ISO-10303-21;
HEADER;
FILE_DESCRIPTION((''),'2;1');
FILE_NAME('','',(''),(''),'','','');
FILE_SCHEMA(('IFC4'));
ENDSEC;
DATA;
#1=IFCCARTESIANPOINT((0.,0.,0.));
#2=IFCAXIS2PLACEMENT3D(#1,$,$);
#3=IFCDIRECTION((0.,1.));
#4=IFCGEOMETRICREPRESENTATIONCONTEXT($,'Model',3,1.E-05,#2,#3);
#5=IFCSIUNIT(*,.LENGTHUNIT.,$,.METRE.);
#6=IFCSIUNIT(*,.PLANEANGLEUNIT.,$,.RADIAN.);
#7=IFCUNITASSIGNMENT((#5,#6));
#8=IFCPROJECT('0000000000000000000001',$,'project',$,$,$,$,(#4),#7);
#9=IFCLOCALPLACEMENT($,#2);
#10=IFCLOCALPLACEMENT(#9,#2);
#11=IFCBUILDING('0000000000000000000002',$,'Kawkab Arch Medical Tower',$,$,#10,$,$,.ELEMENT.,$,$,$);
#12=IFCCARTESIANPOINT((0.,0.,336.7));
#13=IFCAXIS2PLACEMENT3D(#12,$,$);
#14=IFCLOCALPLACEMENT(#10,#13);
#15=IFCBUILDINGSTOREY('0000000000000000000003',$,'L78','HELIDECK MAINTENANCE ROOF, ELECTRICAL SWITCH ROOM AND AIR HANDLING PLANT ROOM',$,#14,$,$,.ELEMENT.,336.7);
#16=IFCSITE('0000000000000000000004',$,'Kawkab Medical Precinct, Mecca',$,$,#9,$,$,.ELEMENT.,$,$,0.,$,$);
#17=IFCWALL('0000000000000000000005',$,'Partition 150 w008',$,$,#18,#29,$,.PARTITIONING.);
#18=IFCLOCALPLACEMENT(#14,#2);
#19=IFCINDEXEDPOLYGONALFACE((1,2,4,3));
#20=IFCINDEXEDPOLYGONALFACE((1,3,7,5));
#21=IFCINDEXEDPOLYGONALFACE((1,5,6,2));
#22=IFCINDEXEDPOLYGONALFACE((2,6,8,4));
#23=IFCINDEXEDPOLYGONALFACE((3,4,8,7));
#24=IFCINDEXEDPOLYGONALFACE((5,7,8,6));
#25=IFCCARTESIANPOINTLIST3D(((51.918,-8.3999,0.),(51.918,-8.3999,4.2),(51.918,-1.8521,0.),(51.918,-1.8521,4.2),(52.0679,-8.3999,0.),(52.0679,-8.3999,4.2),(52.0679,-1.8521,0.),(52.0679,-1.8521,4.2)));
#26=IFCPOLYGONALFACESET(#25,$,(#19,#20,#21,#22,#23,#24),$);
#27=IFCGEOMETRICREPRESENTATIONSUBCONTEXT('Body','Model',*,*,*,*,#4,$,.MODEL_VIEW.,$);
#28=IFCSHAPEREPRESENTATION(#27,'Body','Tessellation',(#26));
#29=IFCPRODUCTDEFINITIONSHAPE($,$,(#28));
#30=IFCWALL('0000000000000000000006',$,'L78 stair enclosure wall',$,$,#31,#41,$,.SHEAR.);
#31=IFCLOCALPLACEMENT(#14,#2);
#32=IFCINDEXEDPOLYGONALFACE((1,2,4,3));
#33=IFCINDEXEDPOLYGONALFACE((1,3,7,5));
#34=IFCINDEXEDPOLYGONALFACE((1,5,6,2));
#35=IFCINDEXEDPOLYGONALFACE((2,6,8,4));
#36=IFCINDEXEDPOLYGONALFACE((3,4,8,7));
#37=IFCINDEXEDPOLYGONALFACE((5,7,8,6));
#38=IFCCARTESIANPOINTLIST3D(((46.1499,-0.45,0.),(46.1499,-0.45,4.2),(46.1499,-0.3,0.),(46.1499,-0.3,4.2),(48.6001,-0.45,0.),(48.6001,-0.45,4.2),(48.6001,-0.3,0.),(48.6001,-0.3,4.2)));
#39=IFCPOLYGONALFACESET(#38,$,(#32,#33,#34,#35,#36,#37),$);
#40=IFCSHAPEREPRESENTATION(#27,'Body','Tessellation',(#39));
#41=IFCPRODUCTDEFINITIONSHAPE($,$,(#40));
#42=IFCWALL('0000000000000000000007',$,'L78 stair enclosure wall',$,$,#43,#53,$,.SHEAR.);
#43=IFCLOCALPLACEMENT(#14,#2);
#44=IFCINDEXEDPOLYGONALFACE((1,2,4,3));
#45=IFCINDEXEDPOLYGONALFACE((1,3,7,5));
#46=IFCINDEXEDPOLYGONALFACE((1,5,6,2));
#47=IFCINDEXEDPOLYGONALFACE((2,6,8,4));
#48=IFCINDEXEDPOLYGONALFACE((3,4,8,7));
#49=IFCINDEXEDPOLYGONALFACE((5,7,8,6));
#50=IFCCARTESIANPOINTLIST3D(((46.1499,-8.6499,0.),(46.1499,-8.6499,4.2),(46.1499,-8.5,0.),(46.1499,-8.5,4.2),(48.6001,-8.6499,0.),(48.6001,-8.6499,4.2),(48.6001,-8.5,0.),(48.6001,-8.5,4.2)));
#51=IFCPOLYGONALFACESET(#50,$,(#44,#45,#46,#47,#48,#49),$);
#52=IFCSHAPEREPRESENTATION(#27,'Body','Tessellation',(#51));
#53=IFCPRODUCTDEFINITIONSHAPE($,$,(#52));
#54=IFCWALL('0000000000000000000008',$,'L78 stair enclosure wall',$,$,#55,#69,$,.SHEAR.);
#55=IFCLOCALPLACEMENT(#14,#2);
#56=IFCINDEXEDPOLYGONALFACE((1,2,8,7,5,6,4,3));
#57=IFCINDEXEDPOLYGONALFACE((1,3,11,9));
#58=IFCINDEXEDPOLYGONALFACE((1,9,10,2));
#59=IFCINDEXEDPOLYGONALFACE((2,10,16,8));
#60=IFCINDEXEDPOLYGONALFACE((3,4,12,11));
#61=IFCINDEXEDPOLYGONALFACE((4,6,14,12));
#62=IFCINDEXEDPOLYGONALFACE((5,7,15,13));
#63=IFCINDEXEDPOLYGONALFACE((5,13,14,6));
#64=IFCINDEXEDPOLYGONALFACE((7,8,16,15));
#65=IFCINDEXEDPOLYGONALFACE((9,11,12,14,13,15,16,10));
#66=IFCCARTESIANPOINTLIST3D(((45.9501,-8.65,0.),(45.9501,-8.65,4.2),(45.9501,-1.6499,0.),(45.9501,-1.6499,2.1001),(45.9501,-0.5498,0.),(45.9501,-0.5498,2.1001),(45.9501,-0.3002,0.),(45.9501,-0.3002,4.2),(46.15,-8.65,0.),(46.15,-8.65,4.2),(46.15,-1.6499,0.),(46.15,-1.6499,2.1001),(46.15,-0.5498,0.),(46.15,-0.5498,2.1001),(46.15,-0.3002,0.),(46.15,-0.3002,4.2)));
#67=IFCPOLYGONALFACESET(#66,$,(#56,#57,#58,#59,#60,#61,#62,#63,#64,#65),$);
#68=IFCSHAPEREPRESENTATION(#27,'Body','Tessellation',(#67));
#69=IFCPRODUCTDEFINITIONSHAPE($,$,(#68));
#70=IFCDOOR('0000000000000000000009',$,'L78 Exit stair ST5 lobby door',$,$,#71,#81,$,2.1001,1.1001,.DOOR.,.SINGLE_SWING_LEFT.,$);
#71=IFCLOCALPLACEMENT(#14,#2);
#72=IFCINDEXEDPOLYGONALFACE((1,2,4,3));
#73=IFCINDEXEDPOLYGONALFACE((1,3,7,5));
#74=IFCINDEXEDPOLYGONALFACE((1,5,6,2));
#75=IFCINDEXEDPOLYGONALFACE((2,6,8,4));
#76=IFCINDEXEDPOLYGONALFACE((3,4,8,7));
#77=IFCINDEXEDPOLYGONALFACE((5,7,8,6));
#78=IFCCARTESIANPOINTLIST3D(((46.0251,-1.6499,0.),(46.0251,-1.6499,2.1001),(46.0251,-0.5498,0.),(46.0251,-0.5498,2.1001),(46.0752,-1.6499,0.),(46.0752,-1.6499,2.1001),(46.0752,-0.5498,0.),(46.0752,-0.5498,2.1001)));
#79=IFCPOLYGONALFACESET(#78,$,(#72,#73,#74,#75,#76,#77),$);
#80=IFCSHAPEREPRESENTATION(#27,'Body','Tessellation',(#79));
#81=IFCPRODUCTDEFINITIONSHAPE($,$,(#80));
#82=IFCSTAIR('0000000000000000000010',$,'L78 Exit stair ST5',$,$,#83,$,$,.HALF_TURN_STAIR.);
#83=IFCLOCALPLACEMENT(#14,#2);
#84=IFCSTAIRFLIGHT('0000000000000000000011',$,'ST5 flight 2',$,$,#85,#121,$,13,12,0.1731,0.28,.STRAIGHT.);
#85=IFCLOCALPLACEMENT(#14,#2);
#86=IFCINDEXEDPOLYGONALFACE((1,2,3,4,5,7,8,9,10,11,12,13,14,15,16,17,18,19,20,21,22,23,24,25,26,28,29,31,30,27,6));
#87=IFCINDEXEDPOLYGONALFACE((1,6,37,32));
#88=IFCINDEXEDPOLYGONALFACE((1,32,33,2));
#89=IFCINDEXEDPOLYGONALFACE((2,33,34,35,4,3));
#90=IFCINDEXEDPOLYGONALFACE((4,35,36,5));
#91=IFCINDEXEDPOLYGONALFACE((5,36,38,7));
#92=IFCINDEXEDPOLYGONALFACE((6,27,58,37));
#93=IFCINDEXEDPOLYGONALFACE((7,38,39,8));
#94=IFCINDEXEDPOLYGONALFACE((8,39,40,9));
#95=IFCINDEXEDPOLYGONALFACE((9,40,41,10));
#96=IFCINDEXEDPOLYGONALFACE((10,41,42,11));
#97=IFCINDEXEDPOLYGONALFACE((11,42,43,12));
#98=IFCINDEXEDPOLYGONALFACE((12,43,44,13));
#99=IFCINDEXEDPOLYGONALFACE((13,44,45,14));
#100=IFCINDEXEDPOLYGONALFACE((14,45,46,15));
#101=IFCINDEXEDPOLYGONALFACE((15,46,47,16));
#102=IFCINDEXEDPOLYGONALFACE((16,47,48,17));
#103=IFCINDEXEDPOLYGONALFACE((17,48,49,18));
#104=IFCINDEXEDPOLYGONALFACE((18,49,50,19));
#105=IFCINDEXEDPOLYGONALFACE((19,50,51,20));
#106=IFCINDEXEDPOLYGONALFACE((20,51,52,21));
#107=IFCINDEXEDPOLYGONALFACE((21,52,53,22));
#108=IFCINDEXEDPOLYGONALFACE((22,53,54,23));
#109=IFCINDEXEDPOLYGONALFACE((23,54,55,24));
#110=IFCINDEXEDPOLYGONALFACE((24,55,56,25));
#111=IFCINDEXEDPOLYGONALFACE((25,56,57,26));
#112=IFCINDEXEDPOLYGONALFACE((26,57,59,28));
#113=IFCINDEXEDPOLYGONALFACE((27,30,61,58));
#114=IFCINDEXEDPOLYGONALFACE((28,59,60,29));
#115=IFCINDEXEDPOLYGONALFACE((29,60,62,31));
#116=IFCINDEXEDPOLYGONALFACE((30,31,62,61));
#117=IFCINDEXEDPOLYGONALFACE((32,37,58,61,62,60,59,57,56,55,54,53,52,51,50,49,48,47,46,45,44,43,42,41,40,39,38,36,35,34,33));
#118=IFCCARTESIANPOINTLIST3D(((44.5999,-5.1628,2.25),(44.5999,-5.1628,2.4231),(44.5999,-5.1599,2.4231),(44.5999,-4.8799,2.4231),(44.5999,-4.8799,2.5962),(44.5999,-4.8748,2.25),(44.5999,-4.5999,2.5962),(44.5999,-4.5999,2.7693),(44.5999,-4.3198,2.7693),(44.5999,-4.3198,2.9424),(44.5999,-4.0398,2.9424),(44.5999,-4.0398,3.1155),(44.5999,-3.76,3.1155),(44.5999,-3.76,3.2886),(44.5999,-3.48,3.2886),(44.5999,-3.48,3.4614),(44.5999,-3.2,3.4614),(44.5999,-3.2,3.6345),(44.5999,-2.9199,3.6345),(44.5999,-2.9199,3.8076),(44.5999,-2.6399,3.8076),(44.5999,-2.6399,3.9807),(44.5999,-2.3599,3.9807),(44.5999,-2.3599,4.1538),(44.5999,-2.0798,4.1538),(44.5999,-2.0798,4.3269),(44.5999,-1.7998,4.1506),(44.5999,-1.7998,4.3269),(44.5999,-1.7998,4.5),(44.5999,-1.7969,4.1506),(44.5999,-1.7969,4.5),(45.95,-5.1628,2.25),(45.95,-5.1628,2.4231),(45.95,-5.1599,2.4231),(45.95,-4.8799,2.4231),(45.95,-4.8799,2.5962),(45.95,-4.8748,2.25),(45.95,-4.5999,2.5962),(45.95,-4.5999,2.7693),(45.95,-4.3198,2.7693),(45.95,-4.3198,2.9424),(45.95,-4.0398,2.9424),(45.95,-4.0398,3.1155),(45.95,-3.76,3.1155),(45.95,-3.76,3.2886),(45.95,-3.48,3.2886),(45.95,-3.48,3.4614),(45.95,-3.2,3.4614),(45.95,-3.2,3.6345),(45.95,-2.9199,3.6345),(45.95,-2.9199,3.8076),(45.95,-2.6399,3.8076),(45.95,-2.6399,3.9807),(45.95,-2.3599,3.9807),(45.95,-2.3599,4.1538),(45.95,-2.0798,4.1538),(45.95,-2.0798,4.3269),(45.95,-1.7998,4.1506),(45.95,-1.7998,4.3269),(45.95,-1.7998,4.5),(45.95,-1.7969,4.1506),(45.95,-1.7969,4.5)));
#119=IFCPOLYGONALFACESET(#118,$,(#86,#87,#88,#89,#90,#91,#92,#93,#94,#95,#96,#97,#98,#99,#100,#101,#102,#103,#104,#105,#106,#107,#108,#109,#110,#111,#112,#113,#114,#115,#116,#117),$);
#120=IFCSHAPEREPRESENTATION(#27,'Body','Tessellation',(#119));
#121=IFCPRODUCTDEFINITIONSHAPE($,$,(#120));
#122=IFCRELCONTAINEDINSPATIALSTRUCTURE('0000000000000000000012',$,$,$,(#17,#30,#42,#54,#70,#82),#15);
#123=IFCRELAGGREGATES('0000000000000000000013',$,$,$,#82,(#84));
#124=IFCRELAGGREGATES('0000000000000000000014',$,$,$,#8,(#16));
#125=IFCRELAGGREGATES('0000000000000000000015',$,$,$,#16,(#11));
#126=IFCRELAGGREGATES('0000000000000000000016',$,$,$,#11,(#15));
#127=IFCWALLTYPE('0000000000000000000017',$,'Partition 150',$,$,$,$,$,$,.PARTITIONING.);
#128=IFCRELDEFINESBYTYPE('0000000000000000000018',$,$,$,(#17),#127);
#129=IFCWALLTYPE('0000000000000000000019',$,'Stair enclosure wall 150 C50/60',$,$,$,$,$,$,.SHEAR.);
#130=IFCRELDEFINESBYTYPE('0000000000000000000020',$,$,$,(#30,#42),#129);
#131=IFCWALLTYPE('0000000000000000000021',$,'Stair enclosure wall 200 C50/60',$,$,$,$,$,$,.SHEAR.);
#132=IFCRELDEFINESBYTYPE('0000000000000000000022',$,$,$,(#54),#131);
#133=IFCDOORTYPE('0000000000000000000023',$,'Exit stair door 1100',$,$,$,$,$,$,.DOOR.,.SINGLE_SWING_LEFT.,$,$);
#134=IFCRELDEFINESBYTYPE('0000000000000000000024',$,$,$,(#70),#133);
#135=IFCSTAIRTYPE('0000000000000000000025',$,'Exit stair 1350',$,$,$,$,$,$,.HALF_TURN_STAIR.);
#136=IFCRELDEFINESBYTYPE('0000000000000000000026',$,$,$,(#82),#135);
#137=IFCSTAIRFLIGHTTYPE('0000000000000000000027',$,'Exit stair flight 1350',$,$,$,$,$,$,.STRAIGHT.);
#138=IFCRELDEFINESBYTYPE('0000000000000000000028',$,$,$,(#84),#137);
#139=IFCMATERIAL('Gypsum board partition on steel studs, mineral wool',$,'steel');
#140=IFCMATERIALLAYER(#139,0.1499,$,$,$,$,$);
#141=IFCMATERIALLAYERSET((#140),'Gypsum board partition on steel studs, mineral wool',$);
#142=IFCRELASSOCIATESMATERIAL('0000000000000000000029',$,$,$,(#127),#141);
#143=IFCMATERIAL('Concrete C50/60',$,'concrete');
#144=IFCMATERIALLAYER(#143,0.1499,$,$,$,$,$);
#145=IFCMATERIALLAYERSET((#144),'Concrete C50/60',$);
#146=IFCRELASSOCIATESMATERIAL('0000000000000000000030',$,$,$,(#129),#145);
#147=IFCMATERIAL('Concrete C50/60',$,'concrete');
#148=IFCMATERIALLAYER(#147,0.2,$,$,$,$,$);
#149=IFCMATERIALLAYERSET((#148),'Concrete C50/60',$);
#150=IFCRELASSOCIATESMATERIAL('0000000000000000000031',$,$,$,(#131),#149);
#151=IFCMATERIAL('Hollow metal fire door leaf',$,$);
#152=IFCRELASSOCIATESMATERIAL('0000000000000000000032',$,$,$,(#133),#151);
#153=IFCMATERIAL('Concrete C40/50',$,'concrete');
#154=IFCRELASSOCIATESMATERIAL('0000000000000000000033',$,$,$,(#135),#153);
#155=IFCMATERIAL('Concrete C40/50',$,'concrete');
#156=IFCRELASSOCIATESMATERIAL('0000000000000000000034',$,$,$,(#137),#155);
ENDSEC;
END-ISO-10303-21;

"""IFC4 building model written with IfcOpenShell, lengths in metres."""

from ifc_helpers import new_model, si_unit, direction, frame, frame_2d, origin, place, context, subcontext, project, spatial, polyline, rectangle, outline, extrude, material, layer, layer_set, type_object, element, fill, aggregate, save


model = new_model("IFC4")

# Units and contexts
model_context = context("Model", 3, precision=1e-05, world=origin(), true_north=direction((0.0, 1.0)))
body_context = subcontext(model_context, "Body", "Model", "MODEL_VIEW")
ifc_project = project(units=[si_unit("LENGTHUNIT", "METRE"), si_unit("PLANEANGLEUNIT", "RADIAN")], contexts=[model_context])

# Site, building, storey
site_placement = place(None, origin())
site = spatial("IfcSite", under=ifc_project, at=site_placement, Name="Kawkab Medical Precinct, Mecca", CompositionType="ELEMENT", RefElevation=0.0)
building_placement = place(site_placement, origin())
building = spatial("IfcBuilding", under=site, at=building_placement, Name="Kawkab Arch Medical Tower", CompositionType="ELEMENT")
storey_placement = place(building_placement, frame((0.0, 0.0, 336.7)))
storey = spatial("IfcBuildingStorey", under=building, at=storey_placement, Name="L78", Description="HELIDECK MAINTENANCE ROOF, ELECTRICAL SWITCH ROOM AND AIR HANDLING PLANT ROOM", CompositionType="ELEMENT", Elevation=336.7)

# Shared definitions
placement = place(storey_placement, origin())

# Shared definitions
ifc_material_1 = material(Name="Gypsum board partition on steel studs, mineral wool", Category="steel")
ifc_layer_1 = layer(ifc_material_1, 0.1499)
ifc_layer_set_1 = layer_set([ifc_layer_1], Name="Gypsum board partition on steel studs, mineral wool")
wall_type_1 = type_object("IfcWallType", Name="Partition 150", PredefinedType="PARTITIONING", material=ifc_layer_set_1)

# Walls
wall_1_placement = place(storey_placement, frame((51.9929, -8.3999, 0.0), z_axis=(0.0, 0.0, 1.0), x_axis=(0.0, 1.0, 0.0)))
element("IfcWall", 1, at=wall_1_placement, inside=storey, type_object=wall_type_1, Name="Partition 150 w008", PredefinedType="PARTITIONING", context=body_context, shape_type="SweptSolid", body=[
    extrude(rectangle(XDim=6.5479, YDim=0.1499, at=frame_2d((3.2739, 0.0))), origin(), (0.0, 0.0, 1.0), 4.2),
])
ifc_material_2 = material(Name="Concrete C50/60", Category="concrete")
ifc_layer_2 = layer(ifc_material_2, 0.1499)
ifc_layer_set_2 = layer_set([ifc_layer_2], Name="Concrete C50/60")
wall_type_2 = type_object("IfcWallType", Name="Stair enclosure wall 150 C50/60", PredefinedType="SHEAR", material=ifc_layer_set_2)
for number, where, z_axis, x_axis, name in (
    (2, (46.1499, -0.375, 0.0), (0.0, 0.0, 1.0), (1.0, 0.0, 0.0), "L78 stair enclosure wall"),
    (3, (46.1499, -8.575, 0.0), (0.0, 0.0, 1.0), (1.0, 0.0, 0.0), "L78 stair enclosure wall"),
):
    element("IfcWall", number, at=place(storey_placement, frame(where, z_axis=z_axis, x_axis=x_axis)), inside=storey, type_object=wall_type_2, Name=name, PredefinedType="SHEAR", context=body_context, shape_type="SweptSolid", body=[
        extrude(rectangle(XDim=2.4502, YDim=0.1499, at=frame_2d((1.2251, 0.0))), origin(), (0.0, 0.0, 1.0), 4.2),
    ])

# Wall, opening, door
ifc_material_3 = material(Name="Concrete C50/60", Category="concrete")
ifc_layer_3 = layer(ifc_material_3, 0.2)
ifc_layer_set_3 = layer_set([ifc_layer_3], Name="Concrete C50/60")
wall_type_3 = type_object("IfcWallType", Name="Stair enclosure wall 200 C50/60", PredefinedType="SHEAR", material=ifc_layer_set_3)
wall_2_placement = place(storey_placement, frame((46.05, -8.6499, 0.0), z_axis=(0.0, 0.0, 1.0), x_axis=(0.0, 1.0, 0.0)))
wall_2 = element("IfcWall", 4, at=wall_2_placement, inside=storey, type_object=wall_type_3, Name="L78 stair enclosure wall", PredefinedType="SHEAR", context=body_context, shape_type="SweptSolid", body=[
    extrude(rectangle(XDim=8.3499, YDim=0.2, at=frame_2d((4.1748, 0.0))), origin(), (0.0, 0.0, 1.0), 4.2),
])
opening_1_placement = place(wall_2_placement, frame((7.0, 0.0, 0.0)))
opening_1 = element("IfcOpeningElement", 5, at=opening_1_placement, cuts=wall_2, PredefinedType="OPENING", context=body_context, shape_type="SweptSolid", body=[
    extrude(rectangle(XDim=1.1001, YDim=2.1001, at=frame_2d((0.55, 1.05))), frame((0.0, 0.1099, 0.0), z_axis=(0.0, -1.0, 0.0), x_axis=(1.0, 0.0, 0.0)), (0.0, 0.0, 1.0), 0.22),
])
ifc_material_4 = material(Name="Hollow metal fire door leaf")
door_type_1 = type_object("IfcDoorType", Name="Exit stair door 1100", OperationType="SINGLE_SWING_LEFT", PredefinedType="DOOR", material=ifc_material_4)
door_1_placement = place(opening_1_placement, origin())
door_1 = element("IfcDoor", 6, at=door_1_placement, inside=storey, type_object=door_type_1, Name="L78 Exit stair ST5 lobby door", OperationType="SINGLE_SWING_LEFT", OverallHeight=2.1001, OverallWidth=1.1001, PredefinedType="DOOR", context=body_context, shape_type="SweptSolid", body=[
    extrude(rectangle(XDim=1.1001, YDim=2.1001, at=frame_2d((0.55, 1.05))), frame((0.0, 0.0249, 0.0), z_axis=(0.0, -1.0, 0.0), x_axis=(1.0, 0.0, 0.0)), (0.0, 0.0, 1.0), 0.05),
])
fill(opening_1, door_1)

# Stair, stair flight
ifc_material_5 = material(Name="Concrete C40/50", Category="concrete")
stair_type = type_object("IfcStairType", Name="Exit stair 1350", PredefinedType="HALF_TURN_STAIR", material=ifc_material_5)
stair = element("IfcStair", 7, at=placement, inside=storey, type_object=stair_type, Name="L78 Exit stair ST5", PredefinedType="HALF_TURN_STAIR")
ifc_material_6 = material(Name="Concrete C40/50", Category="concrete")
stair_flight_type = type_object("IfcStairFlightType", Name="Exit stair flight 1350", PredefinedType="STRAIGHT", material=ifc_material_6)
stair_flight_placement = place(storey_placement, frame((45.2749, -5.1599, 2.25), z_axis=(0.0, 0.0, 1.0), x_axis=(0.0, 1.0, 0.0)))
stair_flight = element("IfcStairFlight", 8, at=stair_flight_placement, type_object=stair_flight_type, Name="ST5 flight 2", NumberOfRisers=13, NumberOfTreads=12, PredefinedType="STRAIGHT", RiserHeight=0.1731, TreadLength=0.28, context=body_context, shape_type="SweptSolid", body=[
    extrude(outline(polyline([(-0.0029, 0.0), (-0.0029, 0.1731), (0.0, 0.1731), (0.28, 0.1731), (0.28, 0.3462), (0.5601, 0.3462), (0.5601, 0.5193), (0.8401, 0.5193), (0.8401, 0.6924), (1.1201, 0.6924), (1.1201, 0.8655), (1.3999, 0.8655), (1.3999, 1.0386), (1.6799, 1.0386), (1.6799, 1.2114), (1.96, 1.2114), (1.96, 1.3845), (2.24, 1.3845), (2.24, 1.5576), (2.52, 1.5576), (2.52, 1.7307), (2.8, 1.7307), (2.8, 1.9038), (3.0801, 1.9038), (3.0801, 2.0769), (3.3601, 2.0769), (3.3601, 2.25), (3.363, 2.25), (3.363, 1.9006), (3.3601, 1.9006), (0.2852, 0.0), (-0.0029, 0.0)])), frame((0.0, 0.675, 0.0), z_axis=(0.0, -1.0, 0.0), x_axis=(1.0, 0.0, 0.0)), (0.0, 0.0, 1.0), 1.3501),
])
aggregate(stair, [stair_flight])

save(model, "model.ifc")
